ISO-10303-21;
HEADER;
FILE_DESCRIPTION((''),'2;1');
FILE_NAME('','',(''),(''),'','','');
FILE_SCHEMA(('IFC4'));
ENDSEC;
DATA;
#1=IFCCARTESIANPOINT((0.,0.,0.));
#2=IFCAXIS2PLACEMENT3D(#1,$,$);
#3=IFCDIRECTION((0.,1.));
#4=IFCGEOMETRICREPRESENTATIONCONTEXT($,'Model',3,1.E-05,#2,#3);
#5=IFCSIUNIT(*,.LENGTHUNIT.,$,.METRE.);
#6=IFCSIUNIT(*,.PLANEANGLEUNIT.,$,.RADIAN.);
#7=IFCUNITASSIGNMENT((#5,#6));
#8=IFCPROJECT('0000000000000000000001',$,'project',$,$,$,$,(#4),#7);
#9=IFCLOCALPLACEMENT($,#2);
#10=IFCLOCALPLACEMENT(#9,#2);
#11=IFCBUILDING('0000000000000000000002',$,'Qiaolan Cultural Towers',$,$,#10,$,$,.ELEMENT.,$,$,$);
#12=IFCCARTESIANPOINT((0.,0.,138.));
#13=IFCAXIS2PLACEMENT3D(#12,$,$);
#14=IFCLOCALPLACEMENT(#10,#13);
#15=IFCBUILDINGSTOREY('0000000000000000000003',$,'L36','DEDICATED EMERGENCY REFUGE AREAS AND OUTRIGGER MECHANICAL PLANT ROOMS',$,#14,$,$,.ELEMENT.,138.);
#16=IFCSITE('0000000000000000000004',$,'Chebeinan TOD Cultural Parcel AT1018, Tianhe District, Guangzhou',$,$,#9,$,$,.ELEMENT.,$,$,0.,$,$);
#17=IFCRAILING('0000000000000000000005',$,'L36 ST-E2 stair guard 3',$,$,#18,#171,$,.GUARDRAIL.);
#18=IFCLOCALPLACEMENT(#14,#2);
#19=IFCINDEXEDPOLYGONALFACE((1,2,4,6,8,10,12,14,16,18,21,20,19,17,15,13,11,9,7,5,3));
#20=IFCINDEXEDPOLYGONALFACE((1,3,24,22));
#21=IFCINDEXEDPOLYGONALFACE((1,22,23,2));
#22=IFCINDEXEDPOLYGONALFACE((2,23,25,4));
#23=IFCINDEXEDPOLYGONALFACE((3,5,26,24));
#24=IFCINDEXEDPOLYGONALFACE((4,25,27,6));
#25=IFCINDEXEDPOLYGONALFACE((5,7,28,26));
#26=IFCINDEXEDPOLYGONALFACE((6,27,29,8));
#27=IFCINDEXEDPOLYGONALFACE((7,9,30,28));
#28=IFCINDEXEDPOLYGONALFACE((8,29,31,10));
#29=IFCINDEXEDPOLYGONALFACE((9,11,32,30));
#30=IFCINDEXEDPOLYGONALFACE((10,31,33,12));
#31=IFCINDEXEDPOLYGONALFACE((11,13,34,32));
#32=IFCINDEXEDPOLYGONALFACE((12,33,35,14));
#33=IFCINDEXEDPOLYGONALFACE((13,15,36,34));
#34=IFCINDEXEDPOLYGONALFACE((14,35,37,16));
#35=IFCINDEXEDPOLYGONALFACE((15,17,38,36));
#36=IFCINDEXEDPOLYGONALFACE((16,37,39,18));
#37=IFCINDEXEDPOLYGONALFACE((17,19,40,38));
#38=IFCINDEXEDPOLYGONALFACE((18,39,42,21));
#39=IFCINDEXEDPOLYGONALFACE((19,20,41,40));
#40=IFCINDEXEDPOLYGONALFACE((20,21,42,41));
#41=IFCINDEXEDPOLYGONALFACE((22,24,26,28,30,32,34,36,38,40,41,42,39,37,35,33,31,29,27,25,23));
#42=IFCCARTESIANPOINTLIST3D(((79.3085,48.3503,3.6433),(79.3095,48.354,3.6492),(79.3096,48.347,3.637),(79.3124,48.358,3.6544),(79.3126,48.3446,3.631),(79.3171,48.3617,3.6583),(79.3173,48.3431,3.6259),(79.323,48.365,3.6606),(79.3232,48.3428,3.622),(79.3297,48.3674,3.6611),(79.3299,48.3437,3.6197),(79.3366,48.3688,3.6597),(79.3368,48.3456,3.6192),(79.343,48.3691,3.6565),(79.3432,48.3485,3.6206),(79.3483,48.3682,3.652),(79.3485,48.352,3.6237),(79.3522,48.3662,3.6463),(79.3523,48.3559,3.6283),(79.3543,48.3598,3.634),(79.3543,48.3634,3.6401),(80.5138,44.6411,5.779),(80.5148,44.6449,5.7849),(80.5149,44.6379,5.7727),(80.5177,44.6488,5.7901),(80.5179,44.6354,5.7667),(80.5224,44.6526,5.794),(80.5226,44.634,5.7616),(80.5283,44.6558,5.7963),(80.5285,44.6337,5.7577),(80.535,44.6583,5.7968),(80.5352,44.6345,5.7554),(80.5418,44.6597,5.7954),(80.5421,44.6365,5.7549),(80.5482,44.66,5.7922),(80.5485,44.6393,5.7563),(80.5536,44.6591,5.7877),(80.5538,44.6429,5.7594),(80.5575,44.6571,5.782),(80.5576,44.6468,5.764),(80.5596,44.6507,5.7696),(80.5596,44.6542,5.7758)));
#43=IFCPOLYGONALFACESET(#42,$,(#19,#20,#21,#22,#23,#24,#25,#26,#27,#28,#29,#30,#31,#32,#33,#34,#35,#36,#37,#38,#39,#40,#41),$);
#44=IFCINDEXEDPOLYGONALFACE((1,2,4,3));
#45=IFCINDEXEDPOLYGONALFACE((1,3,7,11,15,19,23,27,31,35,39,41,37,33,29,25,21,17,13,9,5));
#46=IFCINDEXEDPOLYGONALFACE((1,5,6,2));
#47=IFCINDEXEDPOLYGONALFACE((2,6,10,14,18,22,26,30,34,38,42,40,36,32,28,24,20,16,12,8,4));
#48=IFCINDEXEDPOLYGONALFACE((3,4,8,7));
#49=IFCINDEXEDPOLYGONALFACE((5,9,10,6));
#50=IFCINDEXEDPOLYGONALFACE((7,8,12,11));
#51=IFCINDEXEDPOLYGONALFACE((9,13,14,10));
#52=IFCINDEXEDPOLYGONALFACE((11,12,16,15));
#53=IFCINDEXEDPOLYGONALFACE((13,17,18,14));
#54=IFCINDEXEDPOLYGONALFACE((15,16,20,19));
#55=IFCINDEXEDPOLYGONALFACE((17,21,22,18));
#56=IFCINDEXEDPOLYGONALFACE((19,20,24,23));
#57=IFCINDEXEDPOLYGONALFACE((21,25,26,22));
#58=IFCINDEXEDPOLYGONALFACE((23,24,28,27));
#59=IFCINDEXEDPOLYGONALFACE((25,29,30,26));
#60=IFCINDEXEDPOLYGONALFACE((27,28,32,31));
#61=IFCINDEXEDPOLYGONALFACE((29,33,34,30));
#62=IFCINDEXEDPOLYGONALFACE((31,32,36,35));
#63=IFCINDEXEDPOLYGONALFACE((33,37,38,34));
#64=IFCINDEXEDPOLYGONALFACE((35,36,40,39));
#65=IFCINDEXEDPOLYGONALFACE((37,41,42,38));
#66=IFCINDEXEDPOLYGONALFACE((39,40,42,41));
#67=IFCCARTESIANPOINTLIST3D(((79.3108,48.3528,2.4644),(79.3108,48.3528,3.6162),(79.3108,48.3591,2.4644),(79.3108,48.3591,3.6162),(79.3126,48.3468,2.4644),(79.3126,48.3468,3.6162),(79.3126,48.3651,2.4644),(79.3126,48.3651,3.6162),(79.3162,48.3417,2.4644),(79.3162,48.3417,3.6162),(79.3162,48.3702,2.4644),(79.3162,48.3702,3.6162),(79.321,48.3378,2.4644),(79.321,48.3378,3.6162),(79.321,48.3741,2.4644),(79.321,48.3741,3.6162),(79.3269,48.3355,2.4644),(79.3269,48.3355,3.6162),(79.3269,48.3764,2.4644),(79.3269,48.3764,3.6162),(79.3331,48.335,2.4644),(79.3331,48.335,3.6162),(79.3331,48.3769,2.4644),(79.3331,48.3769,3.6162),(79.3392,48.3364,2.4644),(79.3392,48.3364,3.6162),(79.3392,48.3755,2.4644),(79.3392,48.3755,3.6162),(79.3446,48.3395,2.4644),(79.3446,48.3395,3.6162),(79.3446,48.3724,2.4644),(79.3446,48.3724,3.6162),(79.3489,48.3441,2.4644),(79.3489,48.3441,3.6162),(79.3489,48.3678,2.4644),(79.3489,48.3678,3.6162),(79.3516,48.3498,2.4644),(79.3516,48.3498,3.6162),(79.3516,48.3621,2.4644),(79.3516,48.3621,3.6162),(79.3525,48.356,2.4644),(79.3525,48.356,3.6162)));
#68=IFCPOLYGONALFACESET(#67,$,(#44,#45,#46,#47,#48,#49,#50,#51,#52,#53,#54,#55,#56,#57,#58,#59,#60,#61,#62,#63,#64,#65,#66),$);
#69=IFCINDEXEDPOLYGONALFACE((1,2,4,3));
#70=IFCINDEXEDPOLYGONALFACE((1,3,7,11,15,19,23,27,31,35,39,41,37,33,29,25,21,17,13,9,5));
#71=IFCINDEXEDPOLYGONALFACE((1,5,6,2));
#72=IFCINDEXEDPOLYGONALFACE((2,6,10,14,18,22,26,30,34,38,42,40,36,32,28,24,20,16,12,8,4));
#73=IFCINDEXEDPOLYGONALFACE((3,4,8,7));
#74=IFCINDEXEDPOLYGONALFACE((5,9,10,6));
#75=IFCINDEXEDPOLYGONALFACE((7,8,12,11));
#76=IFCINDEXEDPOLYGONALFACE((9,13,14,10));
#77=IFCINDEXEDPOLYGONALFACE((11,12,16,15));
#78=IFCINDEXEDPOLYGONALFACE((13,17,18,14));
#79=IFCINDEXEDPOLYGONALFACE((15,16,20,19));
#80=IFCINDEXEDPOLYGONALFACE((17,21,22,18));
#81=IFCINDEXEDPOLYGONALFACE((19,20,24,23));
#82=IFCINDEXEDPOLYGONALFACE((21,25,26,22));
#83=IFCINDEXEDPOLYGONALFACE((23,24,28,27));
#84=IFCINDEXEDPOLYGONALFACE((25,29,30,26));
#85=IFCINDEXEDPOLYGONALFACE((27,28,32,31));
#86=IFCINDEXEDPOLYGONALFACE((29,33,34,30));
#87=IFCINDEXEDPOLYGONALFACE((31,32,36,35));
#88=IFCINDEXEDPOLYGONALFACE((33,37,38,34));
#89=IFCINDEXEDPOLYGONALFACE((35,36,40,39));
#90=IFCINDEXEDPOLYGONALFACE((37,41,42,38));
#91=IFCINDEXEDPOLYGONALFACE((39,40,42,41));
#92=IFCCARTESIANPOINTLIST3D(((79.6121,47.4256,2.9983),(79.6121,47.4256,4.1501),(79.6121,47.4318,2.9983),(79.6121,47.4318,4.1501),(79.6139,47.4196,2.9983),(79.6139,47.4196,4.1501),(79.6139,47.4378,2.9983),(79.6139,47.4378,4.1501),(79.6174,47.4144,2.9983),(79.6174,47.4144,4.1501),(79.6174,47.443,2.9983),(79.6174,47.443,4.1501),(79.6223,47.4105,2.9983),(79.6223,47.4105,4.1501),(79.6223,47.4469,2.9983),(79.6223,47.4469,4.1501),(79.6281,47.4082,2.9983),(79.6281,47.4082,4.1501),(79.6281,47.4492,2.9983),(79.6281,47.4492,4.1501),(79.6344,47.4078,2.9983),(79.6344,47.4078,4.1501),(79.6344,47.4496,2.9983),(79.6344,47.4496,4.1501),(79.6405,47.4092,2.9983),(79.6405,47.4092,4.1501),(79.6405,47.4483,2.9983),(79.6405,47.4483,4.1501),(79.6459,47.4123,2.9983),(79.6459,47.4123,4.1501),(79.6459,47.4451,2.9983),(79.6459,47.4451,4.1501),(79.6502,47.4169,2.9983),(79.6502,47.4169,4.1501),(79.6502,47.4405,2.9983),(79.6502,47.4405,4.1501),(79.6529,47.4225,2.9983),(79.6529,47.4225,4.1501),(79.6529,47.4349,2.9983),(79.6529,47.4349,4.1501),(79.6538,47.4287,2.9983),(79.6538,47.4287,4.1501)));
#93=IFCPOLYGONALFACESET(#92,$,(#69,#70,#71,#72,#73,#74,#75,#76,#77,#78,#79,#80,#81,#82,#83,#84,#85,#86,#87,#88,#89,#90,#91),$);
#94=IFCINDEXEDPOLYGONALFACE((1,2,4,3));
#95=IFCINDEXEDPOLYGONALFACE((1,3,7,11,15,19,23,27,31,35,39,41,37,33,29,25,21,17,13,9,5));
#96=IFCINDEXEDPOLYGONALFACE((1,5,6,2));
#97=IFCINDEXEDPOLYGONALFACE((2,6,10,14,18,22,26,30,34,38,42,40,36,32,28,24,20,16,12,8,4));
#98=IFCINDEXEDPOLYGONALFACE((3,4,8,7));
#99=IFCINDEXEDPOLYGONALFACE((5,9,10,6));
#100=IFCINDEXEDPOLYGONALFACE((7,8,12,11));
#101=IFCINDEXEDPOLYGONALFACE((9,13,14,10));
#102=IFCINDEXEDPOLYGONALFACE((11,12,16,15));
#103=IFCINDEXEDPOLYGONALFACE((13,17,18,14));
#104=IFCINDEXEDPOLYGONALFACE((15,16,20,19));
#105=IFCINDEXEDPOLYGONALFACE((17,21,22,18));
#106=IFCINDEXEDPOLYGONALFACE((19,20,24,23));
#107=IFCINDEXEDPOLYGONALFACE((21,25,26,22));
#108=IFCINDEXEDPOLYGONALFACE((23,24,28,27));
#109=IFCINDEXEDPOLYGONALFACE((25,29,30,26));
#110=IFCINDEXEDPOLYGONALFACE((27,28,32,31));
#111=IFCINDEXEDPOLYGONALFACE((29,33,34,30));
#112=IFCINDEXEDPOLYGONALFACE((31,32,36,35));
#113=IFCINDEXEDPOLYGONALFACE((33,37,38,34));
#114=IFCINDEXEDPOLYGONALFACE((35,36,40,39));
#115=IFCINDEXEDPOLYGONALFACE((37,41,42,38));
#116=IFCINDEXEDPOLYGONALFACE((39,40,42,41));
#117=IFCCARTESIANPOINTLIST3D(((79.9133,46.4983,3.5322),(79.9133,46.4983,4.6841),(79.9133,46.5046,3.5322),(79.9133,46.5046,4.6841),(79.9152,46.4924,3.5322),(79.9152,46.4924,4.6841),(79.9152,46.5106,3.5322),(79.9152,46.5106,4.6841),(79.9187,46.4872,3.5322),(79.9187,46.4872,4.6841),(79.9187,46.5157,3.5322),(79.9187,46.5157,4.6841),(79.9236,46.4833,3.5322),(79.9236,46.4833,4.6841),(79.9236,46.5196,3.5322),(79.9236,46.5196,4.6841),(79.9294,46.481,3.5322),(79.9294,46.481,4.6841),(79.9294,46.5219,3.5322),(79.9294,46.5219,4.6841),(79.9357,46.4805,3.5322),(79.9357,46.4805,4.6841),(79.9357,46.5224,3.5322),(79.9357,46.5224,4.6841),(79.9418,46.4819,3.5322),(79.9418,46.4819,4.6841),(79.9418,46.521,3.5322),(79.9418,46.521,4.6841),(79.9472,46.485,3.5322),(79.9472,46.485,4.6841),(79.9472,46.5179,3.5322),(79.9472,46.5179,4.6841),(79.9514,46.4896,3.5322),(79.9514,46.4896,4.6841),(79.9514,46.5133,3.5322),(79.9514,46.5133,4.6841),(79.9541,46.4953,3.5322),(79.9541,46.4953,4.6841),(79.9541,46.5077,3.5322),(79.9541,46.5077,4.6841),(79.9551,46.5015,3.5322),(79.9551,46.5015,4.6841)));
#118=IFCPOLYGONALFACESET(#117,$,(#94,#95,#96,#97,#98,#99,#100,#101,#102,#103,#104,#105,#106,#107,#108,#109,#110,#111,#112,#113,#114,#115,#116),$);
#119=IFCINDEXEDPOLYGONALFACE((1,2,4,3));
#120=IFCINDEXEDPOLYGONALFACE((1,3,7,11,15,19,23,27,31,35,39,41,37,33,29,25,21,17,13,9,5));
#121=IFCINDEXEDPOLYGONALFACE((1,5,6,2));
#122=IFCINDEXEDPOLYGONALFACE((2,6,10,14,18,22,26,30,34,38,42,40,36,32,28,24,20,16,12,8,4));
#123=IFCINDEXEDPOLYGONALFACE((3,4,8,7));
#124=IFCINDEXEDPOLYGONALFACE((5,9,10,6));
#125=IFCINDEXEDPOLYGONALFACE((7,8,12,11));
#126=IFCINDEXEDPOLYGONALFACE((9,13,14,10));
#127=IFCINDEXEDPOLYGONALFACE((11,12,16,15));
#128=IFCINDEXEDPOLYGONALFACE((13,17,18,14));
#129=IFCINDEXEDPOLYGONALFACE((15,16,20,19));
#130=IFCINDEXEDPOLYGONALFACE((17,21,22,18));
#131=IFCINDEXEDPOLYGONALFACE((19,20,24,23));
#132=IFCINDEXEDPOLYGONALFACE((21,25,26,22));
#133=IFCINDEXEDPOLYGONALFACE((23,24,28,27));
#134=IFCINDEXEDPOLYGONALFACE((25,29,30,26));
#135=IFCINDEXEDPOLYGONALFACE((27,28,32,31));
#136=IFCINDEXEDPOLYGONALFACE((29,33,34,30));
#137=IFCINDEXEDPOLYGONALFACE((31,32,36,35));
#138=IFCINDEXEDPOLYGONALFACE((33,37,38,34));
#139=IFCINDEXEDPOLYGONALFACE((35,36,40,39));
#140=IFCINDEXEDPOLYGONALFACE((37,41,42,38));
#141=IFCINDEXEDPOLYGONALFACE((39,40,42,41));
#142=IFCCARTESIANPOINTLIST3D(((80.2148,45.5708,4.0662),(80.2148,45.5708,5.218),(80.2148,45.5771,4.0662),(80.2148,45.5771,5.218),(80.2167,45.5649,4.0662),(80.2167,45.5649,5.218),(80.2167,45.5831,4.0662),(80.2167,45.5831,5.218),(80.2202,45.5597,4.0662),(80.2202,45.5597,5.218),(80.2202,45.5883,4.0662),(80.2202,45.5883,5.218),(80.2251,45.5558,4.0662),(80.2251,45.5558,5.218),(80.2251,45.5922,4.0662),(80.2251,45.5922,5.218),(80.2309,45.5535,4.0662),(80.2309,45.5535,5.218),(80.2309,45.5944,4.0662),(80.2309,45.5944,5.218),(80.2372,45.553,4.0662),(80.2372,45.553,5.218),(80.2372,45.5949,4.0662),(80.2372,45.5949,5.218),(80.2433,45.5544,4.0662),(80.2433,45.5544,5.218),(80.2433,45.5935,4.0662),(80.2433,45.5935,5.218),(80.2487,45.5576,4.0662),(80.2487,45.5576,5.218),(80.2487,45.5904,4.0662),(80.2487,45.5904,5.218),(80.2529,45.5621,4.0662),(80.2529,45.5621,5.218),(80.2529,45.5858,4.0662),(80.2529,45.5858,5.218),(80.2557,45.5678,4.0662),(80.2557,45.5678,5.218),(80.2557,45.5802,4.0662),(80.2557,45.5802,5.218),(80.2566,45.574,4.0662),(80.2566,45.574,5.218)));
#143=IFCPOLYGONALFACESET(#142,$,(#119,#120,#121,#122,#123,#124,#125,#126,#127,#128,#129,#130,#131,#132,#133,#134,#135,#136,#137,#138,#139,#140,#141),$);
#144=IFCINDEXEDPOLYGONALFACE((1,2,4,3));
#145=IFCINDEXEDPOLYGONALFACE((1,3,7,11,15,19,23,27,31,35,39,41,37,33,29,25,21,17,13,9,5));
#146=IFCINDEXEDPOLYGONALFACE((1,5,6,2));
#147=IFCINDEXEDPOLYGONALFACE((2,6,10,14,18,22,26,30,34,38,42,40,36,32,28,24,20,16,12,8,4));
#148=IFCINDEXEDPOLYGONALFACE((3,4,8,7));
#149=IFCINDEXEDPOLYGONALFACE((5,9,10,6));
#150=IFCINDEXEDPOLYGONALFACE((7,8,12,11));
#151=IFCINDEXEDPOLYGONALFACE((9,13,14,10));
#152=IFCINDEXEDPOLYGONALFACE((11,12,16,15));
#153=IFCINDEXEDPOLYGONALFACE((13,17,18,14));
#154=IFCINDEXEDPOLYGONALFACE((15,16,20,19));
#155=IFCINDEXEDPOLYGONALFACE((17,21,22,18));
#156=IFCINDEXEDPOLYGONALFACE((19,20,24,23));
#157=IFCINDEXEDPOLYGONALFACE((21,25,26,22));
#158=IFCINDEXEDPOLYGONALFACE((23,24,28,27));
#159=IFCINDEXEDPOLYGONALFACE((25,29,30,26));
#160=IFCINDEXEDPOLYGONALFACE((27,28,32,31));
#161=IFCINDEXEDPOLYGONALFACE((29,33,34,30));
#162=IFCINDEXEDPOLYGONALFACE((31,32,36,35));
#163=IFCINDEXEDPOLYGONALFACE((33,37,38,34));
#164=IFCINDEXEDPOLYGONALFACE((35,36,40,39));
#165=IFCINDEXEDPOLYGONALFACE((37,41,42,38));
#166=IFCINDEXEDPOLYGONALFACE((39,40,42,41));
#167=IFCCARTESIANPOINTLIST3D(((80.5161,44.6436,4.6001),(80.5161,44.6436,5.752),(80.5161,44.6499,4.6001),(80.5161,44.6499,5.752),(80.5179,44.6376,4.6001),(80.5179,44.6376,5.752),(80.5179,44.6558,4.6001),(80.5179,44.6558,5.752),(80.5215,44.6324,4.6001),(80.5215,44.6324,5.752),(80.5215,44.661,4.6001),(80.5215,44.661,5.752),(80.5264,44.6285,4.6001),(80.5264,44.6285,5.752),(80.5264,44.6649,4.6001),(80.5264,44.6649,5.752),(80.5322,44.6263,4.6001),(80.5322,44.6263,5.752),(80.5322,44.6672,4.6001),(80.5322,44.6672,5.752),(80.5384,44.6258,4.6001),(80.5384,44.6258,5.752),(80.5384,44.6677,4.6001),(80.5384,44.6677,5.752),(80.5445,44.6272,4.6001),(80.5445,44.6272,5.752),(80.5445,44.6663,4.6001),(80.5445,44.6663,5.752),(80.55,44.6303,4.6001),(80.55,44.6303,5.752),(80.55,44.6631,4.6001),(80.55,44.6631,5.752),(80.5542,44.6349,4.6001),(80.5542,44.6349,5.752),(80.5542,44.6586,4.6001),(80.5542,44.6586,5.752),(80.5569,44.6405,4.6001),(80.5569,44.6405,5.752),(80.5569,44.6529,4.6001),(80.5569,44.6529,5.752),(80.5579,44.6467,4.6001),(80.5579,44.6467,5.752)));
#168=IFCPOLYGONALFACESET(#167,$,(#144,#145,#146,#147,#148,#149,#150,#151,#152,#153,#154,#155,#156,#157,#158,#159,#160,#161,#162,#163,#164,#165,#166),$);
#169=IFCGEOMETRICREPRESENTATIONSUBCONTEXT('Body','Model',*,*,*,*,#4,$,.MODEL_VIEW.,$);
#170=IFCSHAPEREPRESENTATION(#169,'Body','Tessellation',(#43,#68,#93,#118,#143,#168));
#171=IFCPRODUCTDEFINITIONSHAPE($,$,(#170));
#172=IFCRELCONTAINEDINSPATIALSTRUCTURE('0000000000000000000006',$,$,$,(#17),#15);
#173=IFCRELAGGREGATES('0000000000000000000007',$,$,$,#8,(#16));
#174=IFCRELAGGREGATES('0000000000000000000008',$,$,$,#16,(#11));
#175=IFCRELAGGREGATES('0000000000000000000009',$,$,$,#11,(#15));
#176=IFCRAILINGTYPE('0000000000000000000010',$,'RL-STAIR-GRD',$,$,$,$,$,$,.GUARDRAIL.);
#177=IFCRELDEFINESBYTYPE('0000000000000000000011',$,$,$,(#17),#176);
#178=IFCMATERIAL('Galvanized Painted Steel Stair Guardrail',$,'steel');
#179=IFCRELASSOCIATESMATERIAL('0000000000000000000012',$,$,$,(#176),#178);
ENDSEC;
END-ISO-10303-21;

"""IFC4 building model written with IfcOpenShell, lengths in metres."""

from ifc_helpers import new_model, si_unit, direction, frame, origin, origin_2d, place, context, subcontext, project, spatial, circle, extrude, material, type_object, element, save


model = new_model("IFC4")

# Units and contexts
model_context = context("Model", 3, precision=1e-05, world=origin(), true_north=direction((0.0, 1.0)))
body_context = subcontext(model_context, "Body", "Model", "MODEL_VIEW")
ifc_project = project(units=[si_unit("LENGTHUNIT", "METRE"), si_unit("PLANEANGLEUNIT", "RADIAN")], contexts=[model_context])

# Site, building, storey
site_placement = place(None, origin())
site = spatial("IfcSite", under=ifc_project, at=site_placement, Name="Chebeinan TOD Cultural Parcel AT1018, Tianhe District, Guangzhou", CompositionType="ELEMENT", RefElevation=0.0)
building_placement = place(site_placement, origin())
building = spatial("IfcBuilding", under=site, at=building_placement, Name="Qiaolan Cultural Towers", CompositionType="ELEMENT")
storey_placement = place(building_placement, frame((0.0, 0.0, 138.0)))
storey = spatial("IfcBuildingStorey", under=building, at=storey_placement, Name="L36", Description="DEDICATED EMERGENCY REFUGE AREAS AND OUTRIGGER MECHANICAL PLANT ROOMS", CompositionType="ELEMENT", Elevation=138.0)

# Railing
ifc_material_1 = material(Name="Galvanized Painted Steel Stair Guardrail", Category="steel")
railing_type_1 = type_object("IfcRailingType", Name="RL-STAIR-GRD", PredefinedType="GUARDRAIL", material=ifc_material_1)
railing_1_placement = place(storey_placement, frame((79.3315, 48.356, 2.4644)))
element("IfcRailing", 1, at=railing_1_placement, inside=storey, type_object=railing_type_1, Name="L36 ST-E2 stair guard 3", PredefinedType="GUARDRAIL", context=body_context, shape_type="SweptSolid", body=[
    extrude(circle(Radius=0.0239, at=origin_2d()), frame((0.0, 0.0, 1.1758), z_axis=(0.271064, -0.834165, 0.480305), x_axis=(0.951047, 0.309045, 0.0)), (0.0, 0.0, 1.0), 4.4465),
    extrude(circle(Radius=0.021, at=origin_2d()), origin(), (0.0, 0.0, 1.0), 1.1519),
    extrude(circle(Radius=0.021, at=origin_2d()), frame((0.3013, -0.9272, 0.5339)), (0.0, 0.0, 1.0), 1.1519),
    extrude(circle(Radius=0.021, at=origin_2d()), frame((0.6025, -1.8545, 1.0679)), (0.0, 0.0, 1.0), 1.1519),
    extrude(circle(Radius=0.021, at=origin_2d()), frame((0.9041, -2.782, 1.6018)), (0.0, 0.0, 1.0), 1.1519),
    extrude(circle(Radius=0.021, at=origin_2d()), frame((1.2053, -3.7092, 2.1357)), (0.0, 0.0, 1.0), 1.1519),
])

save(model, "model.ifc")
